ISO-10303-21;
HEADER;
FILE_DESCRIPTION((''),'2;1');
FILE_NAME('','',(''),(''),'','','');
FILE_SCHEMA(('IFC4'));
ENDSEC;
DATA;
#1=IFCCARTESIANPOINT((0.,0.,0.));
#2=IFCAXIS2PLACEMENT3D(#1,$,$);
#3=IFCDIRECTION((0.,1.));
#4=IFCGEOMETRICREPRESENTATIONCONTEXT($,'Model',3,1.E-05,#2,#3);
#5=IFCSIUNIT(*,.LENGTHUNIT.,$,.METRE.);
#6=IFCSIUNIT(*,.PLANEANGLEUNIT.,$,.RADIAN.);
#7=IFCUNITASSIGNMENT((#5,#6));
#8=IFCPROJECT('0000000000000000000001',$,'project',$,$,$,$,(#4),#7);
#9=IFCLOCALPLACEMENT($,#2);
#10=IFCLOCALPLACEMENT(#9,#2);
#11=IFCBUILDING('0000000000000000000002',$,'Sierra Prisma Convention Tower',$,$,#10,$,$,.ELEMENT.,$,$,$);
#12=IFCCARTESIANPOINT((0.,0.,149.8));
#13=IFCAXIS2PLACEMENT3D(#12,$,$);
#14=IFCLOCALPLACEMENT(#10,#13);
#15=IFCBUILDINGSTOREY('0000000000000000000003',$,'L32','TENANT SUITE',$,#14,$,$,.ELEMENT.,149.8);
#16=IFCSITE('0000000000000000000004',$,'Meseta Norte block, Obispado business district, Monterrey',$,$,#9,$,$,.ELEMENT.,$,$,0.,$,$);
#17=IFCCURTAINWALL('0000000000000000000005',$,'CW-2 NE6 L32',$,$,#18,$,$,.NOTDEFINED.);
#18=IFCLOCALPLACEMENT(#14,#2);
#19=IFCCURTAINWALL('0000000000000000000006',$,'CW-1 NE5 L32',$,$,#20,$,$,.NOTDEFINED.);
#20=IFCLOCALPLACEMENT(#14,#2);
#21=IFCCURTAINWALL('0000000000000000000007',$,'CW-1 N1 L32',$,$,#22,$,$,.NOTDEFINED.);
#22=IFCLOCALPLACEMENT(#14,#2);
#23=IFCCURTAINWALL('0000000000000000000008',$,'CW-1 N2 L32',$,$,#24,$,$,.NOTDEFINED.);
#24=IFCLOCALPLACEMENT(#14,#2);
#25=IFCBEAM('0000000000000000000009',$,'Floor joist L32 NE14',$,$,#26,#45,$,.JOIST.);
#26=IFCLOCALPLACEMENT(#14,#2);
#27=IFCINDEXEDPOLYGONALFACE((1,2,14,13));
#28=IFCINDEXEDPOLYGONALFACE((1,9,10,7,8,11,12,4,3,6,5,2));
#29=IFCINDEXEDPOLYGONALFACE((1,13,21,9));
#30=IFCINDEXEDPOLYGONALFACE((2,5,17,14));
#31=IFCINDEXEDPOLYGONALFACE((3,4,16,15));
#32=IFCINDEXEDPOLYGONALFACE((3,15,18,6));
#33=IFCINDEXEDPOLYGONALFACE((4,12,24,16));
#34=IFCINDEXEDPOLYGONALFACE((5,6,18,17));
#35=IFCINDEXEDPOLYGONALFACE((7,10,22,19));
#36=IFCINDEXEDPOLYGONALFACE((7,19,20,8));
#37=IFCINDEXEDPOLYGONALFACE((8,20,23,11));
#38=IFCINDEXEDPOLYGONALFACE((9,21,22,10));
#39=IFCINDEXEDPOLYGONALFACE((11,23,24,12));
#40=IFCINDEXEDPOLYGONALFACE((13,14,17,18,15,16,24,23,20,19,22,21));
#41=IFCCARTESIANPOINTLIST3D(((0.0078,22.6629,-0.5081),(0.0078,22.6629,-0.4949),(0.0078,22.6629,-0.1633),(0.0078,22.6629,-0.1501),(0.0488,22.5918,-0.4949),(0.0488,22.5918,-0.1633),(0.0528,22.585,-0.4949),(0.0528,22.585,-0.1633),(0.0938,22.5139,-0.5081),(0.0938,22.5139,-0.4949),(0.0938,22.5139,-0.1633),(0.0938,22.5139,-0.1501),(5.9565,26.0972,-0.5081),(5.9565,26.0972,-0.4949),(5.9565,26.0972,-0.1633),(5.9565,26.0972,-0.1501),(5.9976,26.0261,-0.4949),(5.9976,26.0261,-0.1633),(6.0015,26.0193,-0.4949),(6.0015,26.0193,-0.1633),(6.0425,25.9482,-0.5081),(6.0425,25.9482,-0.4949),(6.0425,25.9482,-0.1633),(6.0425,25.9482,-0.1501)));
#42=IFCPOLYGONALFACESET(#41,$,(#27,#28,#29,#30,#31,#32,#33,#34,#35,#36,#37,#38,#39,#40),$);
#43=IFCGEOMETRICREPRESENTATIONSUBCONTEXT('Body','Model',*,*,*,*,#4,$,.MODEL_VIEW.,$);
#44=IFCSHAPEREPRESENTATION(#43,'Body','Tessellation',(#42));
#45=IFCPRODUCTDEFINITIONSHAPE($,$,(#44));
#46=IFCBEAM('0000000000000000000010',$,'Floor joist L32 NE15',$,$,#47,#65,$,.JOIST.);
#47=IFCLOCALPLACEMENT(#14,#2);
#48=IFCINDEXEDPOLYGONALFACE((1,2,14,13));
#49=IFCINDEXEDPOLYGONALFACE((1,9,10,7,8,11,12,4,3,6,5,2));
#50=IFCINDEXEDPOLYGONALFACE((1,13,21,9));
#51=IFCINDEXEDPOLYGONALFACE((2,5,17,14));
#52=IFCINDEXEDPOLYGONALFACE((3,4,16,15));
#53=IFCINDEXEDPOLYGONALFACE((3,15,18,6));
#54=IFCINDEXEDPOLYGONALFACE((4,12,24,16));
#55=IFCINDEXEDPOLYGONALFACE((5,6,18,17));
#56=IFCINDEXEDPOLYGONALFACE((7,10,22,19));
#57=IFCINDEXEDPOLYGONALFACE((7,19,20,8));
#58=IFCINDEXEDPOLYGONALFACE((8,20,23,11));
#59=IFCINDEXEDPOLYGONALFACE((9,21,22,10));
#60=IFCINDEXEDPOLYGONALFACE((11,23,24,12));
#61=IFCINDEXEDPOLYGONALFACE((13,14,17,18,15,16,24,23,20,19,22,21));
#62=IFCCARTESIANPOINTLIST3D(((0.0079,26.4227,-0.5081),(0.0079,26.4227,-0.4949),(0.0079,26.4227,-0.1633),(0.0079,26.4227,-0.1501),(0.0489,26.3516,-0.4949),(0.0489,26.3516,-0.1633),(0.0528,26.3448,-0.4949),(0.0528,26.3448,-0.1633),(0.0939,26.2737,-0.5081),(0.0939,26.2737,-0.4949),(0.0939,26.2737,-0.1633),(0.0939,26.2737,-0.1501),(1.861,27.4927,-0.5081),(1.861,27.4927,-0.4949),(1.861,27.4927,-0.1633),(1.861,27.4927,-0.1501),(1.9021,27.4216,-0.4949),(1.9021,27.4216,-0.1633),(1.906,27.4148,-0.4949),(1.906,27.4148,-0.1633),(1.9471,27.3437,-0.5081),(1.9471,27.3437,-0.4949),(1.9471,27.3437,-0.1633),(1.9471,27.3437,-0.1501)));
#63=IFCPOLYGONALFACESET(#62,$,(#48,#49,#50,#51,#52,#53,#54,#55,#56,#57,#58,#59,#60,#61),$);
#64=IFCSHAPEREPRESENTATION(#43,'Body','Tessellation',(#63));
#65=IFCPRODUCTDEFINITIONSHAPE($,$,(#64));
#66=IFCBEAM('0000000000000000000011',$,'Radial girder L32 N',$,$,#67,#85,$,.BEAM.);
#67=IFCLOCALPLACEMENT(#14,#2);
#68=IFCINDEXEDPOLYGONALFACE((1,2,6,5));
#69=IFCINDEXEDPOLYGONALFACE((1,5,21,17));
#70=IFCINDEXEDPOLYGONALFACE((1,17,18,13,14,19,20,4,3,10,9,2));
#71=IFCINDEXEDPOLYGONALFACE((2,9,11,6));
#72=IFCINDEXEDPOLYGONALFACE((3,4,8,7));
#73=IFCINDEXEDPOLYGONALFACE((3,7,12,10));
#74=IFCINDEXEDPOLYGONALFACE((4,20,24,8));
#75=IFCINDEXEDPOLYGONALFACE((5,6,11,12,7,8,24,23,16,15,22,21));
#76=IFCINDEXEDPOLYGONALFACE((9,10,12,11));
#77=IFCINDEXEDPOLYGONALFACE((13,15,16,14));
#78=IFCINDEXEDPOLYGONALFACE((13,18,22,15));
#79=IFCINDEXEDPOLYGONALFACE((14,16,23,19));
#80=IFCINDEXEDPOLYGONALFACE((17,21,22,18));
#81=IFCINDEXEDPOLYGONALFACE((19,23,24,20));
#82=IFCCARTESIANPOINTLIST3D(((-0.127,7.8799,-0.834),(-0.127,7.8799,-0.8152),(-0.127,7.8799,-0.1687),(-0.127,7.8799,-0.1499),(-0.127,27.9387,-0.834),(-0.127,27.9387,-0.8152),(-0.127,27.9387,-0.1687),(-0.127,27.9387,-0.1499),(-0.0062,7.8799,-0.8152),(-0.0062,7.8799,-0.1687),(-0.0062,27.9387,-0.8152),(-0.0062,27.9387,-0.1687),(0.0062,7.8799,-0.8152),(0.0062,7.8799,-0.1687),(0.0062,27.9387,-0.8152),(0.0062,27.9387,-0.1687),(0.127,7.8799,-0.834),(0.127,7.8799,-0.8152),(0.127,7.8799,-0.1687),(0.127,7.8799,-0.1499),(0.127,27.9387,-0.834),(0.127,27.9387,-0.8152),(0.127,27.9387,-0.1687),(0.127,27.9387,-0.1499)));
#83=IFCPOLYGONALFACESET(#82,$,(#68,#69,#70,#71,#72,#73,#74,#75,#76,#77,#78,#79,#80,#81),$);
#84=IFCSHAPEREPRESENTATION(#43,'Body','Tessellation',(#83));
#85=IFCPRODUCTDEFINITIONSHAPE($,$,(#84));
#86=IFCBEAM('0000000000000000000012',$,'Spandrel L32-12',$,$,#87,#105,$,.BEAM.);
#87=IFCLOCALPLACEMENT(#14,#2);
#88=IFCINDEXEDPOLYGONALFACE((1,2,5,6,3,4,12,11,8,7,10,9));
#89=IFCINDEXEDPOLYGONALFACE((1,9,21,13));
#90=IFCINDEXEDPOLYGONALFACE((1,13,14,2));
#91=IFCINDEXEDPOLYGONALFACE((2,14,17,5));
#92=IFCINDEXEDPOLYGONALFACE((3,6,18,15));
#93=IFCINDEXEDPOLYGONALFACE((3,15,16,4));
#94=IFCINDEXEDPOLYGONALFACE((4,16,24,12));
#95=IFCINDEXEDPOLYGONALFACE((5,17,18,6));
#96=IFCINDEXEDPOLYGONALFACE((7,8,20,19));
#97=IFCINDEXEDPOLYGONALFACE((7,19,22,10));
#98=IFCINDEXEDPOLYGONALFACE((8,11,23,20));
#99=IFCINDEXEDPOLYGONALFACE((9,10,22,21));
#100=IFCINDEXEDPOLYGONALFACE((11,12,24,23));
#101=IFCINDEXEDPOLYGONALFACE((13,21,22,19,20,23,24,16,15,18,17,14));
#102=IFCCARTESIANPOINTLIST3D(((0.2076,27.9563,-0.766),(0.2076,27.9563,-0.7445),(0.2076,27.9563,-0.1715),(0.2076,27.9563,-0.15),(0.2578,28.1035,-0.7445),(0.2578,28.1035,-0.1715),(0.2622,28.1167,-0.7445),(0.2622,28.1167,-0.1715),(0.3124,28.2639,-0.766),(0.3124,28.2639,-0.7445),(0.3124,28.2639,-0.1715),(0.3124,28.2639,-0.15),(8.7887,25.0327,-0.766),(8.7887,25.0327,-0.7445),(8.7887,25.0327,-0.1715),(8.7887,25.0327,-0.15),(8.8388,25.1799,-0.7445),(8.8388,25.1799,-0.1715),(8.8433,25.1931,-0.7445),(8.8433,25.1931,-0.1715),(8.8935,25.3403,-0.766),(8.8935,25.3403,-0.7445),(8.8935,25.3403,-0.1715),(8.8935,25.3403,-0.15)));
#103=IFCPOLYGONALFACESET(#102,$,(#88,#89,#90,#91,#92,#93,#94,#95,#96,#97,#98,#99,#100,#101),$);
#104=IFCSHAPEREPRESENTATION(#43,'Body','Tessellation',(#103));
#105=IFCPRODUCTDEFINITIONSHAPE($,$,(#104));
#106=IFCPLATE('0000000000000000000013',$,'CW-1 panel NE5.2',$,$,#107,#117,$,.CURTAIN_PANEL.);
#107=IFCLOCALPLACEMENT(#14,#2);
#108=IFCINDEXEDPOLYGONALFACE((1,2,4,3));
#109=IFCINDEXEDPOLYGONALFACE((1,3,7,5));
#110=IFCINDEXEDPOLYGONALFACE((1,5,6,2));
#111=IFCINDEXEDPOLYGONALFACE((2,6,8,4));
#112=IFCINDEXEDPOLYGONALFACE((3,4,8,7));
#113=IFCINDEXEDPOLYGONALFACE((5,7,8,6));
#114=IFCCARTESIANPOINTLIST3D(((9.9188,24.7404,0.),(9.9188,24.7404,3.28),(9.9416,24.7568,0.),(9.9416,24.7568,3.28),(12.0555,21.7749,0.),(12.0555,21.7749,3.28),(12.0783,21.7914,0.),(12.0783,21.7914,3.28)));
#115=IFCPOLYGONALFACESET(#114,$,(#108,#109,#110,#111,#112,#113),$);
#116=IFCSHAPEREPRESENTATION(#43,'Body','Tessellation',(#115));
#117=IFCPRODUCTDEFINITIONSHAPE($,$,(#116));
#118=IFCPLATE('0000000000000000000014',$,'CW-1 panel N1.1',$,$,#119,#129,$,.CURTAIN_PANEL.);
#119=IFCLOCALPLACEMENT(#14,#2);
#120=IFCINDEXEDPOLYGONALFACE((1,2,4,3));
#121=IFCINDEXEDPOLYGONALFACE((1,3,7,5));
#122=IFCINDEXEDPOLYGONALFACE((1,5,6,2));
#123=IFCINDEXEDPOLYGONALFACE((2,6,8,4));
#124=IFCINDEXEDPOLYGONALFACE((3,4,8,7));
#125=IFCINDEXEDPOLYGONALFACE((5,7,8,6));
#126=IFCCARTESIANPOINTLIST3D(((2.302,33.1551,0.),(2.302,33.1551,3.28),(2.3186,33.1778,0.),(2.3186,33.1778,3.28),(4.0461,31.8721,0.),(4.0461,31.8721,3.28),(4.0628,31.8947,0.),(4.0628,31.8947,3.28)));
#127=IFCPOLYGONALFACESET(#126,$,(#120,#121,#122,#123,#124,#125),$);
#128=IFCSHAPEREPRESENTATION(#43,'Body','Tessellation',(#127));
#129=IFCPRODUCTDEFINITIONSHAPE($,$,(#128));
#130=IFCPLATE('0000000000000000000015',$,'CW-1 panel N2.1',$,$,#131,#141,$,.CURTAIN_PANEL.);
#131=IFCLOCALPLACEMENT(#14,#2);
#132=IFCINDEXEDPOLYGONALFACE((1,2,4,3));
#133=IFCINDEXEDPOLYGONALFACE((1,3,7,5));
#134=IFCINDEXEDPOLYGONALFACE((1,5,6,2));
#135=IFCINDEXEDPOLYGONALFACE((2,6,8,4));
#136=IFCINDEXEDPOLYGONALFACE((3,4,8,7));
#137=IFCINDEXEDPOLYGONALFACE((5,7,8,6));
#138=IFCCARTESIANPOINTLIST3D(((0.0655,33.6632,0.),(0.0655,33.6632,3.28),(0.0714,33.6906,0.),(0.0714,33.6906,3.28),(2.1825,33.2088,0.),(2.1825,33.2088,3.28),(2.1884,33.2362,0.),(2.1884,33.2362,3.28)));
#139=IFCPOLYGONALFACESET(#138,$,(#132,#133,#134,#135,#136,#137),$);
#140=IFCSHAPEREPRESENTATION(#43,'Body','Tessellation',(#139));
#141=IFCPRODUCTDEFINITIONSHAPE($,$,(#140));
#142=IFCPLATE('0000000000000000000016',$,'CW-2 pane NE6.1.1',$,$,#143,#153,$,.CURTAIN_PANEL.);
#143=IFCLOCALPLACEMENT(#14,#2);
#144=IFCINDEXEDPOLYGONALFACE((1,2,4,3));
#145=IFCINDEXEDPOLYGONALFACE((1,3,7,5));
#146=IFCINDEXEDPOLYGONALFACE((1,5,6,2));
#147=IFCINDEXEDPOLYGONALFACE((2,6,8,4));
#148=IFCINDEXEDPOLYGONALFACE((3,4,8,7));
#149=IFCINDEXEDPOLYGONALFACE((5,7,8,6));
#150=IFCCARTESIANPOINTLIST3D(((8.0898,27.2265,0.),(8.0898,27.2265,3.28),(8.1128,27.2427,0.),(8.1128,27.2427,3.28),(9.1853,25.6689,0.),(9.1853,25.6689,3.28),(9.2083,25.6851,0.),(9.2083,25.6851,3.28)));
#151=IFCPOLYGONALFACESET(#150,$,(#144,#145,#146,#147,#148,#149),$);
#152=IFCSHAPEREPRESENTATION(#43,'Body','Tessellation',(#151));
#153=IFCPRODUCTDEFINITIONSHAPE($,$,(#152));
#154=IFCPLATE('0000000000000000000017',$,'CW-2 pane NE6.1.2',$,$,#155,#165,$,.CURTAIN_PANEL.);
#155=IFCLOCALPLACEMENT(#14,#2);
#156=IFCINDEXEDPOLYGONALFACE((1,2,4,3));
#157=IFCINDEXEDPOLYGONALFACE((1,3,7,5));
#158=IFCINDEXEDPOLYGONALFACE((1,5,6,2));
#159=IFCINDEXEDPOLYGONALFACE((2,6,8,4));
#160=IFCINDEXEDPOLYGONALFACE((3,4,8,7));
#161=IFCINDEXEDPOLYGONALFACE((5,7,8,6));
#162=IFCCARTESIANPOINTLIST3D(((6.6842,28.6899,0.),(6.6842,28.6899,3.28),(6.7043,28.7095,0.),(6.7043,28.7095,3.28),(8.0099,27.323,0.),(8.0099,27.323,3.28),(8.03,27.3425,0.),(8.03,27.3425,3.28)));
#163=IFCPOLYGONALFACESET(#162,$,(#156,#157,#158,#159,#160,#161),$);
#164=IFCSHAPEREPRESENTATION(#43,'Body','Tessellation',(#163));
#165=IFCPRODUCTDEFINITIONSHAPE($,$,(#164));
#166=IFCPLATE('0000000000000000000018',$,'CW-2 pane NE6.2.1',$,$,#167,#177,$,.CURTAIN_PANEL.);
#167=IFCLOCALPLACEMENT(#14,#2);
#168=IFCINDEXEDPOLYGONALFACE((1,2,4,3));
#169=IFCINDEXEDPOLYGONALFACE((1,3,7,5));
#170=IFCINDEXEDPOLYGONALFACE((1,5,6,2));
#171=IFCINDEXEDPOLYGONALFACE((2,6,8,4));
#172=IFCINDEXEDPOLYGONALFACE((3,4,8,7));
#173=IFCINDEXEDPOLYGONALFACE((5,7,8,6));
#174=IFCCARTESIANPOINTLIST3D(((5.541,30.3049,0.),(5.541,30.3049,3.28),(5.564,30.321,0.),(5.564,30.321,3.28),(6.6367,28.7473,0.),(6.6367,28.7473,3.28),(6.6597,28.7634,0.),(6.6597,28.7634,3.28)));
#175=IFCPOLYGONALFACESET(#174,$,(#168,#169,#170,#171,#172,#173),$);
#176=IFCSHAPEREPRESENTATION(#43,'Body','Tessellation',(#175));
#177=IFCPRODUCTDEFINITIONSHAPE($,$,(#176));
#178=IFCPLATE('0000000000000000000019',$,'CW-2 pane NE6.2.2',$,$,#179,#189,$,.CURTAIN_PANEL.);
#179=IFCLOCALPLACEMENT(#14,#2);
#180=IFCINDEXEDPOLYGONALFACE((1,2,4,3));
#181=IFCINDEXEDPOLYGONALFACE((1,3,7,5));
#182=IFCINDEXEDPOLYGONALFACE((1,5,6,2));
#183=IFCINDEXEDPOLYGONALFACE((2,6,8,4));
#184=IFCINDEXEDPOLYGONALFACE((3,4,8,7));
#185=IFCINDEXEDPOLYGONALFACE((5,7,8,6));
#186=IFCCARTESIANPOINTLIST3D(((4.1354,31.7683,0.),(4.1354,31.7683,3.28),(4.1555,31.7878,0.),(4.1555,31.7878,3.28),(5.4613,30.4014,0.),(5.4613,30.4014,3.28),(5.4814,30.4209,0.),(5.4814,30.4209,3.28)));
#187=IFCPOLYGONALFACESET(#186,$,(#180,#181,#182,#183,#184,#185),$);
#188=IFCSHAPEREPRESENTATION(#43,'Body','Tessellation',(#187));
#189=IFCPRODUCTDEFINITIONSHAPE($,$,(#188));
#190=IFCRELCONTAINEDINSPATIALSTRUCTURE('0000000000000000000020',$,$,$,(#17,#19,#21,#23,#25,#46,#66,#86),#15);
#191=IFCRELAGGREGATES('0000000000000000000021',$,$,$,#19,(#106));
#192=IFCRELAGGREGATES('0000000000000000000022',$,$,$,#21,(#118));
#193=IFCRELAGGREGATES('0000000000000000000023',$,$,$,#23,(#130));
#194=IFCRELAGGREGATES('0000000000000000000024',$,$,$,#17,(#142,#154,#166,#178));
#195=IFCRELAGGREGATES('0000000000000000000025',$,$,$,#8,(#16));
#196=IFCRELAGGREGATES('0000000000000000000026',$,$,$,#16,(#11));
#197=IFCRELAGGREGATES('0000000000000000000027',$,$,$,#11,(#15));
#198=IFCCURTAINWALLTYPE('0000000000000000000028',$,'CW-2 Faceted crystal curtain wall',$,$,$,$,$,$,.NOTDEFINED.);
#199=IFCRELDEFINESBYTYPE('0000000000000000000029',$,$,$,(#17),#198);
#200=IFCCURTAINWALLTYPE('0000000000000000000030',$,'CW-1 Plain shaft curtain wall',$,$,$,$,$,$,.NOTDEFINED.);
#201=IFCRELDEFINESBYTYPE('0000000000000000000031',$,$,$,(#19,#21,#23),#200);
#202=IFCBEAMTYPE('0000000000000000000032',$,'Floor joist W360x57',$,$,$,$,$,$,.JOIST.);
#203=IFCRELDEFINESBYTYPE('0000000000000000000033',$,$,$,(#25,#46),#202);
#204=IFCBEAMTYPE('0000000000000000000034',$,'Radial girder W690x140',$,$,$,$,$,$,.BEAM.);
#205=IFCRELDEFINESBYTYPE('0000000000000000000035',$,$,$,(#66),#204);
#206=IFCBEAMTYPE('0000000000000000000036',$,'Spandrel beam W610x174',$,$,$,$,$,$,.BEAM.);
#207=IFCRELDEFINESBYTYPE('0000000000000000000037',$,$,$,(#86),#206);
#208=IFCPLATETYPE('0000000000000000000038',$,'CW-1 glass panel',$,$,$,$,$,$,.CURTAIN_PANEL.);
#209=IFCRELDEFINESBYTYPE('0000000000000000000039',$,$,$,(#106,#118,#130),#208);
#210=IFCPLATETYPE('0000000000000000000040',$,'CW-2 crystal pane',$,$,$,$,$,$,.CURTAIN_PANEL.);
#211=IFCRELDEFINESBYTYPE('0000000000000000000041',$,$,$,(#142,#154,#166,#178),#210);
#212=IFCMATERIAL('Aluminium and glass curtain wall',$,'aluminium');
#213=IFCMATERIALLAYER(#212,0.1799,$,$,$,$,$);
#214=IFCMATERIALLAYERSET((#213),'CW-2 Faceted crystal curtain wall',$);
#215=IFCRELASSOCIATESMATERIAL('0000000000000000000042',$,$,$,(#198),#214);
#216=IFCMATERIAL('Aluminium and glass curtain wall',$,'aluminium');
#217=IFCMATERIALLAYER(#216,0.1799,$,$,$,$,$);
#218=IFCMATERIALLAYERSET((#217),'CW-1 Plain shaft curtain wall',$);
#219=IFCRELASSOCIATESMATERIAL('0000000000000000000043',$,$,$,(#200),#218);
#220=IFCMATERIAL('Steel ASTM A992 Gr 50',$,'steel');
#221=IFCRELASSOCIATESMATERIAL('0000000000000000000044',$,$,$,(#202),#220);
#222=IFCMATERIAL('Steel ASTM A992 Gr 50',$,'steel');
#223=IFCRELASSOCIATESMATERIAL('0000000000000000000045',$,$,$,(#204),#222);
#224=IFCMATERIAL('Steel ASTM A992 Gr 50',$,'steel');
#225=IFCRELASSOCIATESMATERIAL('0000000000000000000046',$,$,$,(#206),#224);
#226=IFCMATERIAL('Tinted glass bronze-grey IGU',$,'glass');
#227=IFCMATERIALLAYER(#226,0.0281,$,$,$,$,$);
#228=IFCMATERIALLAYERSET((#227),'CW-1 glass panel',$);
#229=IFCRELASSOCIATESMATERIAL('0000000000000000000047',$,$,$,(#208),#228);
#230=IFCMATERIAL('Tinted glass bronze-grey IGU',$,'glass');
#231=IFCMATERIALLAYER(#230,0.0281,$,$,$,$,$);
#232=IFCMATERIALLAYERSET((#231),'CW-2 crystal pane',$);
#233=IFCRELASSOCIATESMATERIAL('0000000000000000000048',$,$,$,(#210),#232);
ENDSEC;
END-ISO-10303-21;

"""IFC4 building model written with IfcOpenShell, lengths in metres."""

from ifc_helpers import new_model, si_unit, direction, frame, origin, origin_2d, place, context, subcontext, project, spatial, polyline, rectangle, i_section, outline, extrude, material, layer, layer_set, material_profile, profile_set, type_object, element, aggregate, save


model = new_model("IFC4")

# Units and contexts
model_context = context("Model", 3, precision=1e-05, world=origin(), true_north=direction((0.0, 1.0)))
body_context = subcontext(model_context, "Body", "Model", "MODEL_VIEW")
ifc_project = project(units=[si_unit("LENGTHUNIT", "METRE"), si_unit("PLANEANGLEUNIT", "RADIAN")], contexts=[model_context])

# Site, building, storey
site_placement = place(None, origin())
site = spatial("IfcSite", under=ifc_project, at=site_placement, Name="Meseta Norte block, Obispado business district, Monterrey", CompositionType="ELEMENT", RefElevation=0.0)
building_placement = place(site_placement, origin())
building = spatial("IfcBuilding", under=site, at=building_placement, Name="Sierra Prisma Convention Tower", CompositionType="ELEMENT")
storey_placement = place(building_placement, frame((0.0, 0.0, 149.8)))
storey = spatial("IfcBuildingStorey", under=building, at=storey_placement, Name="L32", Description="TENANT SUITE", CompositionType="ELEMENT", Elevation=149.8)

# Curtain walls
ifc_material_1 = material(Name="Aluminium and glass curtain wall", Category="aluminium")
ifc_layer_1 = layer(ifc_material_1, 0.1799)
ifc_layer_set_1 = layer_set([ifc_layer_1], Name="CW-2 Faceted crystal curtain wall")
curtain_wall_type_1 = type_object("IfcCurtainWallType", Name="CW-2 Faceted crystal curtain wall", PredefinedType="NOTDEFINED", material=ifc_layer_set_1)
curtain_wall_1_placement = place(storey_placement, origin())
curtain_wall_1 = element("IfcCurtainWall", 1, at=curtain_wall_1_placement, inside=storey, type_object=curtain_wall_type_1, Name="CW-2 NE6 L32", PredefinedType="NOTDEFINED")
ifc_material_2 = material(Name="Aluminium and glass curtain wall", Category="aluminium")
ifc_layer_2 = layer(ifc_material_2, 0.1799)
ifc_layer_set_2 = layer_set([ifc_layer_2], Name="CW-1 Plain shaft curtain wall")
curtain_wall_type_2 = type_object("IfcCurtainWallType", Name="CW-1 Plain shaft curtain wall", PredefinedType="NOTDEFINED", material=ifc_layer_set_2)
curtain_wall_2_placement = place(storey_placement, origin())
curtain_wall_2 = element("IfcCurtainWall", 2, at=curtain_wall_2_placement, inside=storey, type_object=curtain_wall_type_2, Name="CW-1 NE5 L32", PredefinedType="NOTDEFINED")

# Curtain walls
curtain_wall_3_placement = place(storey_placement, origin())
curtain_wall_3 = element("IfcCurtainWall", 3, at=curtain_wall_3_placement, inside=storey, type_object=curtain_wall_type_2, Name="CW-1 N1 L32", PredefinedType="NOTDEFINED")
curtain_wall_4_placement = place(storey_placement, origin())
curtain_wall_4 = element("IfcCurtainWall", 4, at=curtain_wall_4_placement, inside=storey, type_object=curtain_wall_type_2, Name="CW-1 N2 L32", PredefinedType="NOTDEFINED")

# Beams
ifc_material_3 = material(Name="Steel ASTM A992 Gr 50", Category="steel")
ifc_material_profile_1 = material_profile(ifc_material_3, i_section(OverallWidth=0.1721, OverallDepth=0.3579, WebThickness=0.0078, FlangeThickness=0.0132, at=origin_2d()), Name="W360x57")
ifc_profile_set_1 = profile_set([ifc_material_profile_1], Name="Steel ASTM A992 Gr 50")
beam_type_1 = type_object("IfcBeamType", Name="Floor joist W360x57", PredefinedType="JOIST", material=ifc_profile_set_1)
beam_1_placement = place(storey_placement, frame((5.9995, 26.0227, -0.3291), z_axis=(-0.866036, -0.499981, 0.0), x_axis=(0.499981, -0.866036, 0.0)))
element("IfcBeam", 5, at=beam_1_placement, inside=storey, type_object=beam_type_1, Name="Floor joist L32 NE14", PredefinedType="JOIST", context=body_context, shape_type="SweptSolid", body=[
    extrude(i_section(OverallWidth=0.1721, OverallDepth=0.3579, WebThickness=0.0078, FlangeThickness=0.0132, at=origin_2d()), origin(), (0.0, 0.0, 1.0), 6.8689),
])
beam_2_placement = place(storey_placement, frame((1.9041, 27.4182, -0.3291), z_axis=(-0.866009, -0.500029, 0.0), x_axis=(0.500029, -0.866009, 0.0)))
element("IfcBeam", 6, at=beam_2_placement, inside=storey, type_object=beam_type_1, Name="Floor joist L32 NE15", PredefinedType="JOIST", context=body_context, shape_type="SweptSolid", body=[
    extrude(i_section(OverallWidth=0.1721, OverallDepth=0.3579, WebThickness=0.0078, FlangeThickness=0.0132, at=origin_2d()), origin(), (0.0, 0.0, 1.0), 2.1399),
])
ifc_material_4 = material(Name="Steel ASTM A992 Gr 50", Category="steel")
ifc_material_profile_2 = material_profile(ifc_material_4, i_section(OverallWidth=0.2539, OverallDepth=0.6841, WebThickness=0.0125, FlangeThickness=0.0188, at=origin_2d()), Name="W690x140")
ifc_profile_set_2 = profile_set([ifc_material_profile_2], Name="Steel ASTM A992 Gr 50")
beam_type_2 = type_object("IfcBeamType", Name="Radial girder W690x140", PredefinedType="BEAM", material=ifc_profile_set_2)
beam_3_placement = place(storey_placement, frame((0.0, 27.9387, -0.4919), z_axis=(0.0, -1.0, 0.0), x_axis=(1.0, 0.0, 0.0)))
element("IfcBeam", 7, at=beam_3_placement, inside=storey, type_object=beam_type_2, Name="Radial girder L32 N", PredefinedType="BEAM", context=body_context, shape_type="SweptSolid", body=[
    extrude(i_section(OverallWidth=0.2539, OverallDepth=0.6841, WebThickness=0.0125, FlangeThickness=0.0188, at=origin_2d()), origin(), (0.0, 0.0, 1.0), 20.0588),
])
ifc_material_5 = material(Name="Steel ASTM A992 Gr 50", Category="steel")
ifc_material_profile_3 = material_profile(ifc_material_5, i_section(OverallWidth=0.325, OverallDepth=0.616, WebThickness=0.0139, FlangeThickness=0.0215, at=origin_2d()), Name="W610x174")
ifc_profile_set_3 = profile_set([ifc_material_profile_3], Name="Steel ASTM A992 Gr 50")
beam_type_3 = type_object("IfcBeamType", Name="Spandrel beam W610x174", PredefinedType="BEAM", material=ifc_profile_set_3)
beam_4_placement = place(storey_placement, frame((8.8411, 25.1865, -0.458), z_axis=(-0.94657, 0.322498, 0.0), x_axis=(-0.322498, -0.94657, 0.0)))
element("IfcBeam", 8, at=beam_4_placement, inside=storey, type_object=beam_type_3, Name="Spandrel L32-12", PredefinedType="BEAM", context=body_context, shape_type="SweptSolid", body=[
    extrude(i_section(OverallWidth=0.325, OverallDepth=0.616, WebThickness=0.0139, FlangeThickness=0.0215, at=origin_2d()), origin(), (0.0, 0.0, 1.0), 9.0654),
])

# Plates
ifc_material_6 = material(Name="Tinted glass bronze-grey IGU", Category="glass")
ifc_layer_3 = layer(ifc_material_6, 0.0281)
ifc_layer_set_3 = layer_set([ifc_layer_3], Name="CW-1 glass panel")
plate_type_1 = type_object("IfcPlateType", Name="CW-1 glass panel", PredefinedType="CURTAIN_PANEL", material=ifc_layer_set_3)
plate_1_placement = place(storey_placement, frame((10.9985, 23.2659, 0.0), z_axis=(0.0, 0.0, 1.0), x_axis=(-0.584584, 0.811333, 0.0)))
plate_1 = element("IfcPlate", 9, at=plate_1_placement, type_object=plate_type_1, Name="CW-1 panel NE5.2", PredefinedType="CURTAIN_PANEL", context=body_context, shape_type="SweptSolid", body=[
    extrude(rectangle(XDim=3.655, YDim=0.0281, at=origin_2d()), origin(), (0.0, 0.0, 1.0), 3.28),
])
aggregate(curtain_wall_2, [plate_1])
plate_2_placement = place(storey_placement, frame((3.1824, 32.5249, 0.0), z_axis=(0.0, 0.0, 1.0), x_axis=(-0.805519, 0.592571, 0.0)))
plate_2 = element("IfcPlate", 10, at=plate_2_placement, type_object=plate_type_1, Name="CW-1 panel N1.1", PredefinedType="CURTAIN_PANEL", context=body_context, shape_type="SweptSolid", body=[
    extrude(rectangle(XDim=2.1653, YDim=0.0281, at=origin_2d()), origin(), (0.0, 0.0, 1.0), 3.28),
])
aggregate(curtain_wall_3, [plate_2])
plate_3_placement = place(storey_placement, frame((1.127, 33.4497, 0.0), z_axis=(0.0, 0.0, 1.0), x_axis=(-0.977735, 0.209844, 0.0)))
plate_3 = element("IfcPlate", 11, at=plate_3_placement, type_object=plate_type_1, Name="CW-1 panel N2.1", PredefinedType="CURTAIN_PANEL", context=body_context, shape_type="SweptSolid", body=[
    extrude(rectangle(XDim=2.1653, YDim=0.0281, at=origin_2d()), origin(), (0.0, 0.0, 1.0), 3.28),
])
aggregate(curtain_wall_4, [plate_3])
ifc_material_7 = material(Name="Tinted glass bronze-grey IGU", Category="glass")
ifc_layer_4 = layer(ifc_material_7, 0.0281)
ifc_layer_set_4 = layer_set([ifc_layer_4], Name="CW-2 crystal pane")
plate_type_2 = type_object("IfcPlateType", Name="CW-2 crystal pane", PredefinedType="CURTAIN_PANEL", material=ifc_layer_set_4)
plate_4_placement = place(storey_placement, frame((9.2083, 25.6851, 0.0), z_axis=(0.817965, 0.575268, 0.0), x_axis=(-0.575268, 0.817965, 0.0)))
plate_4 = element("IfcPlate", 12, at=plate_4_placement, type_object=plate_type_2, Name="CW-2 pane NE6.1.1", PredefinedType="CURTAIN_PANEL", context=body_context, shape_type="SweptSolid", body=[
    extrude(outline(polyline([(0.0, 0.0), (1.9043, 0.0), (1.9043, 3.28), (0.0, 3.28), (0.0, 0.0)])), origin(), (0.0, 0.0, -1.0), 0.0281),
])
plate_5_placement = place(storey_placement, frame((6.7043, 28.7095, 0.0), z_axis=(0.717858, 0.69619, 0.0), x_axis=(0.69619, -0.717858, 0.0)))
plate_5 = element("IfcPlate", 13, at=plate_5_placement, type_object=plate_type_2, Name="CW-2 pane NE6.1.2", PredefinedType="CURTAIN_PANEL", context=body_context, shape_type="SweptSolid", body=[
    extrude(outline(polyline([(0.0, 0.0), (1.9042, 0.0), (1.9042, -3.28), (0.0, -3.28), (0.0, 0.0)])), origin(), (0.0, 0.0, -1.0), 0.0281),
])
plate_6_placement = place(storey_placement, frame((6.6597, 28.7634, 0.0), z_axis=(0.817905, 0.575354, 0.0), x_axis=(-0.575354, 0.817905, 0.0)))
plate_6 = element("IfcPlate", 14, at=plate_6_placement, type_object=plate_type_2, Name="CW-2 pane NE6.2.1", PredefinedType="CURTAIN_PANEL", context=body_context, shape_type="SweptSolid", body=[
    extrude(outline(polyline([(0.0, 0.0), (1.9044, 0.0), (1.9044, 3.28), (0.0, 3.28), (0.0, 0.0)])), origin(), (0.0, 0.0, -1.0), 0.0281),
])
plate_7_placement = place(storey_placement, frame((4.1555, 31.7878, 0.0), z_axis=(0.717794, 0.696256, 0.0), x_axis=(0.696256, -0.717794, 0.0)))
plate_7 = element("IfcPlate", 15, at=plate_7_placement, type_object=plate_type_2, Name="CW-2 pane NE6.2.2", PredefinedType="CURTAIN_PANEL", context=body_context, shape_type="SweptSolid", body=[
    extrude(outline(polyline([(0.0, 0.0), (1.9044, 0.0), (1.9044, -3.28), (0.0, -3.28), (0.0, 0.0)])), origin(), (0.0, 0.0, -1.0), 0.0281),
])
aggregate(curtain_wall_1, [plate_4, plate_5, plate_6, plate_7])

save(model, "model.ifc")
